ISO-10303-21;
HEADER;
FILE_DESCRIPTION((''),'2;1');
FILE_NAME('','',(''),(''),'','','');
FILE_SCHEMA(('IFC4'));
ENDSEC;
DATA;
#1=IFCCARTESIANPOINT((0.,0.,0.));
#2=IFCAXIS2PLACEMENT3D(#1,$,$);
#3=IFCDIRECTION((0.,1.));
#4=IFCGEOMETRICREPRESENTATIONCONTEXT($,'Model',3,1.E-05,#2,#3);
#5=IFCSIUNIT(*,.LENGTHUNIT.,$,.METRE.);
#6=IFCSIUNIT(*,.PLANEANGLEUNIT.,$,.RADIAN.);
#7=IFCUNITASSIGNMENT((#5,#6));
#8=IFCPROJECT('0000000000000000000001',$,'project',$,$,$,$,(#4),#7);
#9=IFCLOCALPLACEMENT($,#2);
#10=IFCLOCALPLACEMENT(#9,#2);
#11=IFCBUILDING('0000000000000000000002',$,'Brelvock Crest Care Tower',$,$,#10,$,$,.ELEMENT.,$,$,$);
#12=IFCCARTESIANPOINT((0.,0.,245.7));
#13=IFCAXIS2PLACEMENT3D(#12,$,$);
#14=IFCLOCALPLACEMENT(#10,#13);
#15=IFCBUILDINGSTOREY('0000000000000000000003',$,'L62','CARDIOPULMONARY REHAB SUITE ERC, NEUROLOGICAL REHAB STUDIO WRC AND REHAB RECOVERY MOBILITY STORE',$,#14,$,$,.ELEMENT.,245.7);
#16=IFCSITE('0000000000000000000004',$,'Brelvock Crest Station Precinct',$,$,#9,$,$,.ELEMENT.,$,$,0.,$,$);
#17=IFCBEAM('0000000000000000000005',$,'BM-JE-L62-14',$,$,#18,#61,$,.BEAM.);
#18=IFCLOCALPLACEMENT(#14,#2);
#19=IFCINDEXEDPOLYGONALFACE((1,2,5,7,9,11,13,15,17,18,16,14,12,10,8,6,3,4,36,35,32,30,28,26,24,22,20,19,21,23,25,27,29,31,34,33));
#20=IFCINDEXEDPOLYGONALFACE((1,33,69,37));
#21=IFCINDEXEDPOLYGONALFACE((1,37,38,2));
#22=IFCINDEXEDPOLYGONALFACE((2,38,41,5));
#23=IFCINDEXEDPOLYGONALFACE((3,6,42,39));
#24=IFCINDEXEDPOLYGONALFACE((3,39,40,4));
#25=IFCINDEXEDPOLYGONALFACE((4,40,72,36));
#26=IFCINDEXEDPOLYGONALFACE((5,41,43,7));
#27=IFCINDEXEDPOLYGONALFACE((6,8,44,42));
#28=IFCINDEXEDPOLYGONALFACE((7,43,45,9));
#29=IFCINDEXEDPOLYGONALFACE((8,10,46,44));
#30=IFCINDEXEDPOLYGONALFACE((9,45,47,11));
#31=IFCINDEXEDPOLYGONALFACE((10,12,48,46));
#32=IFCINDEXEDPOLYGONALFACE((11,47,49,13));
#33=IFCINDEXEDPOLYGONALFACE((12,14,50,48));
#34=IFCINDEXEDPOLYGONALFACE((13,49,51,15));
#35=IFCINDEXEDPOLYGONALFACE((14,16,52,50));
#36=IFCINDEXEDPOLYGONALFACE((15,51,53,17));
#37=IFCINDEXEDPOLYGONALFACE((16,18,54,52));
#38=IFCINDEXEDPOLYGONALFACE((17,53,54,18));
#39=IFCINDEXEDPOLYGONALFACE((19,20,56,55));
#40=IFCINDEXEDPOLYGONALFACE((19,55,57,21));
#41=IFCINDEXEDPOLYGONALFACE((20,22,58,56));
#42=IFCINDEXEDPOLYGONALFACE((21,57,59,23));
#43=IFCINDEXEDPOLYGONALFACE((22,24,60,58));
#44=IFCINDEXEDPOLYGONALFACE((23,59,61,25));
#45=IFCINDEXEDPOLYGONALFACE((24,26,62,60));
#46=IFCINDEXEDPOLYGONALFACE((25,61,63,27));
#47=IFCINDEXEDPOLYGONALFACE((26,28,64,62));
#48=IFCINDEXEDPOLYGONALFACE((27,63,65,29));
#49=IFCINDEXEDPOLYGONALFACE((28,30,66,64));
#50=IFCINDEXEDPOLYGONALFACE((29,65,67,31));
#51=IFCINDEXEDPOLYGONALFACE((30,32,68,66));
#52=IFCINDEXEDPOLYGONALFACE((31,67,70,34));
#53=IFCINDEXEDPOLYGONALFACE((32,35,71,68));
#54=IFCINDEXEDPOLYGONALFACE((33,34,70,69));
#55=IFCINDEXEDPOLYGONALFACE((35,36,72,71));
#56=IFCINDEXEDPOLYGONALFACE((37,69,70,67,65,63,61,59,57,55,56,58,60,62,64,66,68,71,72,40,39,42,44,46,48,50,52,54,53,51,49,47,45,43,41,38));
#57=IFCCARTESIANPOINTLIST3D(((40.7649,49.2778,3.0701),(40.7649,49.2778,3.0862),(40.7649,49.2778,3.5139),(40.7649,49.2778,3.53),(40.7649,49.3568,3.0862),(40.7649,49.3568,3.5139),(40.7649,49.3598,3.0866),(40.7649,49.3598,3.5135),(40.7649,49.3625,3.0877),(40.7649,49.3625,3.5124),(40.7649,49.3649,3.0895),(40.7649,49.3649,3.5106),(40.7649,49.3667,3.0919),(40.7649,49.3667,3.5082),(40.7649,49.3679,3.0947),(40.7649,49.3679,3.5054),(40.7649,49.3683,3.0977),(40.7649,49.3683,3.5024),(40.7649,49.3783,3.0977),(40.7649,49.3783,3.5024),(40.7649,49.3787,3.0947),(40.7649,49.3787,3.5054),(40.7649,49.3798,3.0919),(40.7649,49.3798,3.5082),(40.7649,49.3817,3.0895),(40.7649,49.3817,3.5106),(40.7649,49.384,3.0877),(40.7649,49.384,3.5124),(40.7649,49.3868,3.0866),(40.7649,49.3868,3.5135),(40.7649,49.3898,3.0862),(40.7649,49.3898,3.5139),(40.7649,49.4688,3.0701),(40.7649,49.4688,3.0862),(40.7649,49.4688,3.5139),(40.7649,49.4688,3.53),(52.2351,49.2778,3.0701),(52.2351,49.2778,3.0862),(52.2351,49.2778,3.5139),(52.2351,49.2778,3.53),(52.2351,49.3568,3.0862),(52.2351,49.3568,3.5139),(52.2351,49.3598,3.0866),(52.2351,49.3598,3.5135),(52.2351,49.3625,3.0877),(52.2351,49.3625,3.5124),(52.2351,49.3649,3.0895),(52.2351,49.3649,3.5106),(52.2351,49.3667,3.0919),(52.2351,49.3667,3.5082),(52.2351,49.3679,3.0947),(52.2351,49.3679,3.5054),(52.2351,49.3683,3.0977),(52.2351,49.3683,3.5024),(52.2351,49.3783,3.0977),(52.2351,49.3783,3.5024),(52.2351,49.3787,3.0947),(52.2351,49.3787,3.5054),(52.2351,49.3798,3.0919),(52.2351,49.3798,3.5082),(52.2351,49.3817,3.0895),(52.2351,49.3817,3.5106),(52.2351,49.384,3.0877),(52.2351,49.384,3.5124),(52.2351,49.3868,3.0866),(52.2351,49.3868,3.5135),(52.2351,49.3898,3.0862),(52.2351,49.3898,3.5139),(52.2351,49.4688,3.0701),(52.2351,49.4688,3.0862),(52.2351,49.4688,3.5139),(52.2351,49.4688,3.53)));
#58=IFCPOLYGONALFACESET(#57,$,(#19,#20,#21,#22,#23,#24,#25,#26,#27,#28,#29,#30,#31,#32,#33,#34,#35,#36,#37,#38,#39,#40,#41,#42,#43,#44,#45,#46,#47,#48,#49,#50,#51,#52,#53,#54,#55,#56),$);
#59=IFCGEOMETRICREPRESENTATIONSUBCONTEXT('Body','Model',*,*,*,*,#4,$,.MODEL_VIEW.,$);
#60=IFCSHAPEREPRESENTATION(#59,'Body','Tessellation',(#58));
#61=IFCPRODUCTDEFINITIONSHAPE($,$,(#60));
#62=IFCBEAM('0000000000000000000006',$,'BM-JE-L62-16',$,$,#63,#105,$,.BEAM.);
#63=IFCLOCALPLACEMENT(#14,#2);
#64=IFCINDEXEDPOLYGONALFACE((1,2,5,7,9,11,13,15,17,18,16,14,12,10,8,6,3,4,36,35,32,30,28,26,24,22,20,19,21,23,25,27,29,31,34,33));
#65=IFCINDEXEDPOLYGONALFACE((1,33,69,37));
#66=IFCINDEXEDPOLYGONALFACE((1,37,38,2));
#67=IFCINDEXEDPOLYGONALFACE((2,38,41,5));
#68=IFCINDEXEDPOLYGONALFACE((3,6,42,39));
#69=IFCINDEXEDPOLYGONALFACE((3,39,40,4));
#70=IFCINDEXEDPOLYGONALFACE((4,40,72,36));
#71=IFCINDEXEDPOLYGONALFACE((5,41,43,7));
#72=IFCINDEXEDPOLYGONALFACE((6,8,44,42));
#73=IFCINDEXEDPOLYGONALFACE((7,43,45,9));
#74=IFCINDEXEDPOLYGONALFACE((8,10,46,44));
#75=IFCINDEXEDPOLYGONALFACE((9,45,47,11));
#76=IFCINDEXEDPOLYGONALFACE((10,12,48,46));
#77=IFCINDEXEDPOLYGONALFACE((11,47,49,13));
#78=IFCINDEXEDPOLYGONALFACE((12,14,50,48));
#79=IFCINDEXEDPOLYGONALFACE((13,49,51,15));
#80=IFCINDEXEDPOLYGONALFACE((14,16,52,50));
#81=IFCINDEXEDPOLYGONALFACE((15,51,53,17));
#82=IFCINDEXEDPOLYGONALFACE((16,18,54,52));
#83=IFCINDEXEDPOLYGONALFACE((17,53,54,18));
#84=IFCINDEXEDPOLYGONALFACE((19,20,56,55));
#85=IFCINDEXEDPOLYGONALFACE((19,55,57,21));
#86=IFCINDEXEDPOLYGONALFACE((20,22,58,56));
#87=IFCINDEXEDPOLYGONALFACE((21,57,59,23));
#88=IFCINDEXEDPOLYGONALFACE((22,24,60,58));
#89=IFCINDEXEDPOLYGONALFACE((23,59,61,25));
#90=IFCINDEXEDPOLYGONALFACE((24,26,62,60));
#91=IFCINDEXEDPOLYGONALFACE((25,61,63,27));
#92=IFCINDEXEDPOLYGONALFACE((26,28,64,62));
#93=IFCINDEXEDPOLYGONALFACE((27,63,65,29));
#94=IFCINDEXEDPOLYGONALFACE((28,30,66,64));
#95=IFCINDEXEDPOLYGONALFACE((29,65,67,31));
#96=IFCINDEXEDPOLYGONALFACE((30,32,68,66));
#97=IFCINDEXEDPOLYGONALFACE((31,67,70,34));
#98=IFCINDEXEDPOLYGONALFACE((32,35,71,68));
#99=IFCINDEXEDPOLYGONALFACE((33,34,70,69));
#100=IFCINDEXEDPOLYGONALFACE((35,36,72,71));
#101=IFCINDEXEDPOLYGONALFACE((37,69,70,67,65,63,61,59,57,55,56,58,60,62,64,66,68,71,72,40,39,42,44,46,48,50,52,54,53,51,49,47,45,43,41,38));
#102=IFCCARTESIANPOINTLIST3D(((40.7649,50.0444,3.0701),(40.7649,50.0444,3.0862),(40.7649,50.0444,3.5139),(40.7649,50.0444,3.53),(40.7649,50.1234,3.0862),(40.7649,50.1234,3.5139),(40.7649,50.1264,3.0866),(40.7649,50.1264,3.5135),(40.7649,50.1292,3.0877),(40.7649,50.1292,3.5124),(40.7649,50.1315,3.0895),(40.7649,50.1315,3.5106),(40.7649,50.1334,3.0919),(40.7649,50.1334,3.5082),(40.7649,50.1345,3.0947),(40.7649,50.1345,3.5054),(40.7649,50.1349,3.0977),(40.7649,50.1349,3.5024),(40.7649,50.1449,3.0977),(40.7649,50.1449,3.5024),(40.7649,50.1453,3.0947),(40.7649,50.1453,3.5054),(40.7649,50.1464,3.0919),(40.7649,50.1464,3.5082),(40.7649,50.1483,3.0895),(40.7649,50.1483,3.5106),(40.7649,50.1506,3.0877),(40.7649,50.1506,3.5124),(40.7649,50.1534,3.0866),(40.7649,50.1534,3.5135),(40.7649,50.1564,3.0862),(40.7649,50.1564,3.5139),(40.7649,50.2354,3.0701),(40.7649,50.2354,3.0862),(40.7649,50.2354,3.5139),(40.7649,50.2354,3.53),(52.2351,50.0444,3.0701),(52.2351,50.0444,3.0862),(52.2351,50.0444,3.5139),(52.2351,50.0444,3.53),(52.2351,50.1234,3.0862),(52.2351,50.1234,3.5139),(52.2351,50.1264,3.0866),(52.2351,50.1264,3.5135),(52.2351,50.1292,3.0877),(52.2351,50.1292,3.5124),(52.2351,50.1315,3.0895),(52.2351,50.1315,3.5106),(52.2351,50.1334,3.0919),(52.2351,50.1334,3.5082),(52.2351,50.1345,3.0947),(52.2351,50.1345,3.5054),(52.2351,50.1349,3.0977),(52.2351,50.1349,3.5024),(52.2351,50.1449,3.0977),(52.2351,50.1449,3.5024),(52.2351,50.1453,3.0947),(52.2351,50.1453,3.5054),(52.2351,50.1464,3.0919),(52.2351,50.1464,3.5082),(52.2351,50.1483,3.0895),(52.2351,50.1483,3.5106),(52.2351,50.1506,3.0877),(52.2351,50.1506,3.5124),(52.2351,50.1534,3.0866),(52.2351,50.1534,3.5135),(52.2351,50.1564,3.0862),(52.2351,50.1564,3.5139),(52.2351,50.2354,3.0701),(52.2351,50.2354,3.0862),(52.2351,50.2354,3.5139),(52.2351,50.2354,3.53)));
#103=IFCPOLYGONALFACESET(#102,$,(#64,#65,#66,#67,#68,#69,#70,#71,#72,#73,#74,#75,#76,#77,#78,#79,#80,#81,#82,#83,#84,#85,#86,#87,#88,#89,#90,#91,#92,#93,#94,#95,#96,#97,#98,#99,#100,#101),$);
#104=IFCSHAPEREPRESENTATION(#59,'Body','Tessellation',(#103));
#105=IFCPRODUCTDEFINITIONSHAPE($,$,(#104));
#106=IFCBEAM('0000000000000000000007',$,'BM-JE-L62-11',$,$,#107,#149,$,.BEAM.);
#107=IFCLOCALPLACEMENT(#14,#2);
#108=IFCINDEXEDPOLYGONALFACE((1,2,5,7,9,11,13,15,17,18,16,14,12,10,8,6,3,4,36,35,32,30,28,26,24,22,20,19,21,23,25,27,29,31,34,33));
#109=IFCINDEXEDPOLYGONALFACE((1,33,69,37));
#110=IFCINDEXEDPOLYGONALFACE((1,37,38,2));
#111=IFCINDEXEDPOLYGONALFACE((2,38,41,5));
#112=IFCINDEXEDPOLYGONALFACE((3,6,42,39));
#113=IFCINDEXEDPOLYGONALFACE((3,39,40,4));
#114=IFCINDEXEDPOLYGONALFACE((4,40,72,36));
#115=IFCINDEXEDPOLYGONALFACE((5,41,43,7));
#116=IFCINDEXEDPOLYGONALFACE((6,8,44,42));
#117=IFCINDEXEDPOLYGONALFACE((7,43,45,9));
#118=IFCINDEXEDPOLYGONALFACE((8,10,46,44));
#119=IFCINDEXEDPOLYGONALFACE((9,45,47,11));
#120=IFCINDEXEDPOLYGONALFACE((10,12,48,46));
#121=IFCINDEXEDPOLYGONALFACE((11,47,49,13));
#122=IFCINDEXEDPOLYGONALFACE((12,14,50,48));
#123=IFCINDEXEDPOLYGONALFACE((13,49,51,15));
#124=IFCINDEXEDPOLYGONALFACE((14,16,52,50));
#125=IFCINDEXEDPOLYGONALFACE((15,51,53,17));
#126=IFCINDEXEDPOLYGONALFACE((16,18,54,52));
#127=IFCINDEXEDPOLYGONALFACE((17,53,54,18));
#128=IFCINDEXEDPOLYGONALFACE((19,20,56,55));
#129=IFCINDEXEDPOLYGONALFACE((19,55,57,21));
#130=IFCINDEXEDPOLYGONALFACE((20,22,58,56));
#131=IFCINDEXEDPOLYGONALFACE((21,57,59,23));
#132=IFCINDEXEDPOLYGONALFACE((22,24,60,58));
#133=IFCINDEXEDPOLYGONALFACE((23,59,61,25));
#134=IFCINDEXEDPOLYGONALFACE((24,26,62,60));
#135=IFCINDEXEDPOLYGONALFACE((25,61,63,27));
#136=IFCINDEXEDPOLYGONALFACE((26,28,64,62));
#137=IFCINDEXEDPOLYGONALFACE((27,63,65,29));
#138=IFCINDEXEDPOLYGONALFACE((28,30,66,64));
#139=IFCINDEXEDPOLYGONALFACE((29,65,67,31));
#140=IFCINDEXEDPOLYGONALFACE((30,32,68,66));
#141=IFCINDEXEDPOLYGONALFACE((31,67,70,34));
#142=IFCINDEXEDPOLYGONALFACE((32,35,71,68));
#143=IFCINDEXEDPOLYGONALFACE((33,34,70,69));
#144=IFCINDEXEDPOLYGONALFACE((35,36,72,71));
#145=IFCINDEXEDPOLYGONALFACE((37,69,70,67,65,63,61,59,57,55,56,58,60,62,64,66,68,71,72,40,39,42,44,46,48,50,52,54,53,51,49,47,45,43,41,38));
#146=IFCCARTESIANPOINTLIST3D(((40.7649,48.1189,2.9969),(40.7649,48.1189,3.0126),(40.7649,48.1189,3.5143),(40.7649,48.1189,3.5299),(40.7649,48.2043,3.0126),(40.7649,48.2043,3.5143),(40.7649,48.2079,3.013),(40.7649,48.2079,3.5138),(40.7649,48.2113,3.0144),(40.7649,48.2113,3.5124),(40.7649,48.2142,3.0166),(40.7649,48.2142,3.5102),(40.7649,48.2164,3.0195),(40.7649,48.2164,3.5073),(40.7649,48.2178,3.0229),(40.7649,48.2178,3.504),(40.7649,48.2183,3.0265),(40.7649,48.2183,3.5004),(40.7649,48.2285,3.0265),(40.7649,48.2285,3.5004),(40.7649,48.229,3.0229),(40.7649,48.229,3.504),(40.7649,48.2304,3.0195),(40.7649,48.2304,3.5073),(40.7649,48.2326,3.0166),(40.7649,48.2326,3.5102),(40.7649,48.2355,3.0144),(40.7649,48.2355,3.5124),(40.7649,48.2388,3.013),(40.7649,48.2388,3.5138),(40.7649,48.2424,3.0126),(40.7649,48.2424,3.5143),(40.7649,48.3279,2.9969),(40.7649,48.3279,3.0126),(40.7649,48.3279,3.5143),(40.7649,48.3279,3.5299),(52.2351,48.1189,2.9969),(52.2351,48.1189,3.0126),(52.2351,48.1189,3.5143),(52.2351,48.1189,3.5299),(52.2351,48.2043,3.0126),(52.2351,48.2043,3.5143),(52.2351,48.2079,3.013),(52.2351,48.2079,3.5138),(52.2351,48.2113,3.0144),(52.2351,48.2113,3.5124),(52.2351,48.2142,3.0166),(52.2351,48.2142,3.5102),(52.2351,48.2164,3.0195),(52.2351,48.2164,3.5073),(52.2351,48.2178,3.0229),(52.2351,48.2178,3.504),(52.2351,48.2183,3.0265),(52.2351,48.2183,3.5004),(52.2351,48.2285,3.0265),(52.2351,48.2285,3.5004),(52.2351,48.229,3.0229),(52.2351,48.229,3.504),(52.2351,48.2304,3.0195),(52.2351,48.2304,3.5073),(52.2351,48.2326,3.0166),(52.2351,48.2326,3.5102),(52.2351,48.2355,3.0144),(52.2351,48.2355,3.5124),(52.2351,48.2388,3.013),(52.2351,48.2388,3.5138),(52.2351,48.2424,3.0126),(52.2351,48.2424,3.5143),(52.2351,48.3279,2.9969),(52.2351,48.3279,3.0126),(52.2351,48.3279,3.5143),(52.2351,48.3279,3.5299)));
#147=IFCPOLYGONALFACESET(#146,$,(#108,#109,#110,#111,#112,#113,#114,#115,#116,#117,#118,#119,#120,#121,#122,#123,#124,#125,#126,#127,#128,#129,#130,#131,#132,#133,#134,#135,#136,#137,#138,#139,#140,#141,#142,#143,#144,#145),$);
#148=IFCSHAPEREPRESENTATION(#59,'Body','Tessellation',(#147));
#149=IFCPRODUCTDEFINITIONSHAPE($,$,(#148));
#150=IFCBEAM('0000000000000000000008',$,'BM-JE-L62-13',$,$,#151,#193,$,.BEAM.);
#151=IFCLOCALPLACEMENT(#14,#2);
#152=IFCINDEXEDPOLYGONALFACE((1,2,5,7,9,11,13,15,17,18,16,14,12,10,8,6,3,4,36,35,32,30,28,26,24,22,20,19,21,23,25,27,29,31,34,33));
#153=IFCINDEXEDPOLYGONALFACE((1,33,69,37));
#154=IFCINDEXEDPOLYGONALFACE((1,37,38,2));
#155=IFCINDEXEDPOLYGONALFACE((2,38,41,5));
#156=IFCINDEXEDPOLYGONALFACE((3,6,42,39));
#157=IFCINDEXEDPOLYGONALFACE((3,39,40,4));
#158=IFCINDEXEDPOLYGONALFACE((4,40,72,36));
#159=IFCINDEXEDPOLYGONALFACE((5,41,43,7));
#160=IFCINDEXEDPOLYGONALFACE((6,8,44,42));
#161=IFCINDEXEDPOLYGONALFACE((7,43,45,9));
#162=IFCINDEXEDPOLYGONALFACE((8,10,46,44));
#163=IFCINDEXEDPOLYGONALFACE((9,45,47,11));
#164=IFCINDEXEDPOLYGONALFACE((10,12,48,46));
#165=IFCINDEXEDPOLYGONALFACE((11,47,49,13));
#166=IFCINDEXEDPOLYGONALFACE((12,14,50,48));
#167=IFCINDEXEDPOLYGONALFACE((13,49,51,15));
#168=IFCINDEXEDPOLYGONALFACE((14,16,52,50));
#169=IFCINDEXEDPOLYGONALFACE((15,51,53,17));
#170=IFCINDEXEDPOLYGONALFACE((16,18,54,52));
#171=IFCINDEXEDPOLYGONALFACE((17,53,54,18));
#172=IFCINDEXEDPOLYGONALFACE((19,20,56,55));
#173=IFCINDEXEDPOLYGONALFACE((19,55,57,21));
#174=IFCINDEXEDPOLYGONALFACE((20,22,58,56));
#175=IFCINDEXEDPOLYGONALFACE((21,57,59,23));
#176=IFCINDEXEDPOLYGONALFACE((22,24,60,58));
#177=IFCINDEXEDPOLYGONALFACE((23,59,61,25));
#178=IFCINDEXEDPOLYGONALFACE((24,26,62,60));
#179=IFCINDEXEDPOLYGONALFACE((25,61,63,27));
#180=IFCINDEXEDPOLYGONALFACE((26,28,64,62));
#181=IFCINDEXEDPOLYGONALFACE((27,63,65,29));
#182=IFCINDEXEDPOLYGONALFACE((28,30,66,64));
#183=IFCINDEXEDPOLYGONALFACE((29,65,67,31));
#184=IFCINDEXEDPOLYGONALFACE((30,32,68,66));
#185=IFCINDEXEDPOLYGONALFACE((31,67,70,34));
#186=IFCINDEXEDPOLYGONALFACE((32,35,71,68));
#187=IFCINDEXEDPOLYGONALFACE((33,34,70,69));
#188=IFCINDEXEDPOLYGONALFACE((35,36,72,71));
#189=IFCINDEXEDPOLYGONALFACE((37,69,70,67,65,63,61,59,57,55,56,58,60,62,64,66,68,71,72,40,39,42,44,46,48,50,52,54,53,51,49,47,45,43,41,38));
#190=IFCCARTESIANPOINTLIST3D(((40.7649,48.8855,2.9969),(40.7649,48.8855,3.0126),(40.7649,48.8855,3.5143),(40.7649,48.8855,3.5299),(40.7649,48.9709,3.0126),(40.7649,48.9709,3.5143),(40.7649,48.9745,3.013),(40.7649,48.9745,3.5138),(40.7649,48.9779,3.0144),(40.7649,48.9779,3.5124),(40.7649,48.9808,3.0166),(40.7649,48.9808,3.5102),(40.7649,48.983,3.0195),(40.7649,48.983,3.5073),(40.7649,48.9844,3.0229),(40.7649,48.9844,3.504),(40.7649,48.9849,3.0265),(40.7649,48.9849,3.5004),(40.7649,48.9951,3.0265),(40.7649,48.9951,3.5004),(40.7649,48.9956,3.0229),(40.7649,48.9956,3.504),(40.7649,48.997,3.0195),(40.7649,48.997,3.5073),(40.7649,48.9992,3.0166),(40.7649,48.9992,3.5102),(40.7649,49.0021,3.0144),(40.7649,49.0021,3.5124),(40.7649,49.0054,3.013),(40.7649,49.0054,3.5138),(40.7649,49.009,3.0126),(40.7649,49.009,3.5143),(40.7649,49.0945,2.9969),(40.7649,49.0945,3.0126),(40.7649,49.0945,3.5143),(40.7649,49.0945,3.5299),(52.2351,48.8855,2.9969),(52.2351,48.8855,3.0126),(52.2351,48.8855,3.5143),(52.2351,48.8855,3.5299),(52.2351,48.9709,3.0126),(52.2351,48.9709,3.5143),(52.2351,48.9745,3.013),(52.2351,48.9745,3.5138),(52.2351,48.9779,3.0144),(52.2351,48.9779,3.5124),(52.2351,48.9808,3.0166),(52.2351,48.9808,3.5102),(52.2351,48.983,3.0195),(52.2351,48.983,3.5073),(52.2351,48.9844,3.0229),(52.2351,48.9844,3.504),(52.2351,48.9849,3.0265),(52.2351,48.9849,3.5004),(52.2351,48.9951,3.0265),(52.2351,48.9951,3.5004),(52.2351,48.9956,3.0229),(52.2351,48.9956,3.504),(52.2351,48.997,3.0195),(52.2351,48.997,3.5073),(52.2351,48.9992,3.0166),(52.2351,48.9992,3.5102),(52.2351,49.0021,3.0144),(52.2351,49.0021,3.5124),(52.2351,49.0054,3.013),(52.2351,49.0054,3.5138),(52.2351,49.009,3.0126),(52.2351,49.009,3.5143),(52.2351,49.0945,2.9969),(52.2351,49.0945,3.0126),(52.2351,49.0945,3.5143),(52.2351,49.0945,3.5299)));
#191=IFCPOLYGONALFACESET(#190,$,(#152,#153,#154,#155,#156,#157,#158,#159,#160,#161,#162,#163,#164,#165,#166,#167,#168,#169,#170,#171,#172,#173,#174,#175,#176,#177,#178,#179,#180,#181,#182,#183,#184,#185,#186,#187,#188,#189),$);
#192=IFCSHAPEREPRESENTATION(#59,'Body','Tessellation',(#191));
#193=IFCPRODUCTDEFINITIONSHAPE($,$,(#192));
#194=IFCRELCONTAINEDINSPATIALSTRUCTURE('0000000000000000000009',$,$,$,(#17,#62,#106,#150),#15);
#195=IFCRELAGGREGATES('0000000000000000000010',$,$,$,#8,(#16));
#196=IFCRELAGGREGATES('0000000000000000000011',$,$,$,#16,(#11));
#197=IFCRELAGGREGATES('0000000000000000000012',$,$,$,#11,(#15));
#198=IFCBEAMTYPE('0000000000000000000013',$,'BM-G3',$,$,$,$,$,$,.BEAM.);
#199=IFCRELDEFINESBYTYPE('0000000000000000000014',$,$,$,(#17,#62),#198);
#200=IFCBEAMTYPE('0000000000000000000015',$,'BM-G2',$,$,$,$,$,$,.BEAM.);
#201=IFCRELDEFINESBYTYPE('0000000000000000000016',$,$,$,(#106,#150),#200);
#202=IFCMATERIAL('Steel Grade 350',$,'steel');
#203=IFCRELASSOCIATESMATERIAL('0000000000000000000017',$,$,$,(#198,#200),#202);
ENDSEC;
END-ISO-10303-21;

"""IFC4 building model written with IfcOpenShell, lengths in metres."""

from ifc_helpers import new_model, si_unit, direction, frame, origin, origin_2d, place, context, subcontext, project, spatial, i_section, extrude, source, transform, mapped, material, material_profile, profile_set, type_object, element, save


model = new_model("IFC4")

# Units and contexts
model_context = context("Model", 3, precision=1e-05, world=origin(), true_north=direction((0.0, 1.0)))
body_context = subcontext(model_context, "Body", "Model", "MODEL_VIEW")
ifc_project = project(units=[si_unit("LENGTHUNIT", "METRE"), si_unit("PLANEANGLEUNIT", "RADIAN")], contexts=[model_context])

# Site, building, storey
site_placement = place(None, origin())
site = spatial("IfcSite", under=ifc_project, at=site_placement, Name="Brelvock Crest Station Precinct", CompositionType="ELEMENT", RefElevation=0.0)
building_placement = place(site_placement, origin())
building = spatial("IfcBuilding", under=site, at=building_placement, Name="Brelvock Crest Care Tower", CompositionType="ELEMENT")
storey_placement = place(building_placement, frame((0.0, 0.0, 245.7)))
storey = spatial("IfcBuildingStorey", under=building, at=storey_placement, Name="L62", Description="CARDIOPULMONARY REHAB SUITE ERC, NEUROLOGICAL REHAB STUDIO WRC AND REHAB RECOVERY MOBILITY STORE", CompositionType="ELEMENT", Elevation=245.7)

# Beams
ifc_material_1 = material(Name="Steel Grade 350", Category="steel")
ifc_material_profile_1 = material_profile(ifc_material_1, i_section(OverallWidth=0.1909, OverallDepth=0.46, WebThickness=0.01, FlangeThickness=0.0161, FilletRadius=0.0115, at=origin_2d()), Name="460UB82.1")
ifc_profile_set_1 = profile_set([ifc_material_profile_1], Name="Steel Grade 350")
beam_type_1 = type_object("IfcBeamType", Name="BM-G3", PredefinedType="BEAM", material=ifc_profile_set_1)
shared_shape_1 = source(origin(), body_context, "Body", "SweptSolid", [
    extrude(i_section(OverallWidth=0.1909, OverallDepth=0.46, WebThickness=0.01, FlangeThickness=0.0161, FilletRadius=0.0115, at=origin_2d()), origin(), (0.0, 0.0, 1.0), 11.4702),
])
for number, where, z_axis, x_axis, name in (
    (1, (40.7649, 49.3733, 3.3), (1.0, 0.0, 0.0), (0.0, 1.0, 0.0), "BM-JE-L62-14"),
    (2, (40.7649, 50.1399, 3.3), (1.0, 0.0, 0.0), (0.0, 1.0, 0.0), "BM-JE-L62-16"),
):
    element("IfcBeam", number, at=place(storey_placement, frame(where, z_axis=z_axis, x_axis=x_axis)), inside=storey, type_object=beam_type_1, Name=name, PredefinedType="BEAM", context=body_context, shape_type="MappedRepresentation", body=[
        mapped(shared_shape_1, transform((0.0, 0.0, 0.0), x_axis=(1.0, 0.0, 0.0), y_axis=(0.0, 1.0, 0.0), z_axis=(0.0, 0.0, 1.0), scale=1.0)),
    ])
ifc_material_profile_2 = material_profile(ifc_material_1, i_section(OverallWidth=0.209, OverallDepth=0.533, WebThickness=0.0103, FlangeThickness=0.0156, FilletRadius=0.0139, at=origin_2d()), Name="530UB92.4")
ifc_profile_set_2 = profile_set([ifc_material_profile_2], Name="Steel Grade 350")
beam_type_2 = type_object("IfcBeamType", Name="BM-G2", PredefinedType="BEAM", material=ifc_profile_set_2)
shared_shape_2 = source(origin(), body_context, "Body", "SweptSolid", [
    extrude(i_section(OverallWidth=0.209, OverallDepth=0.533, WebThickness=0.0103, FlangeThickness=0.0156, FilletRadius=0.0139, at=origin_2d()), origin(), (0.0, 0.0, 1.0), 11.4702),
])
for number, where, z_axis, x_axis, name in (
    (3, (40.7649, 48.2234, 3.2634), (1.0, 0.0, 0.0), (0.0, 1.0, 0.0), "BM-JE-L62-11"),
    (4, (40.7649, 48.99, 3.2634), (1.0, 0.0, 0.0), (0.0, 1.0, 0.0), "BM-JE-L62-13"),
):
    element("IfcBeam", number, at=place(storey_placement, frame(where, z_axis=z_axis, x_axis=x_axis)), inside=storey, type_object=beam_type_2, Name=name, PredefinedType="BEAM", context=body_context, shape_type="MappedRepresentation", body=[
        mapped(shared_shape_2, transform((0.0, 0.0, 0.0), x_axis=(1.0, 0.0, 0.0), y_axis=(0.0, 1.0, 0.0), z_axis=(0.0, 0.0, 1.0), scale=1.0)),
    ])

save(model, "model.ifc")
